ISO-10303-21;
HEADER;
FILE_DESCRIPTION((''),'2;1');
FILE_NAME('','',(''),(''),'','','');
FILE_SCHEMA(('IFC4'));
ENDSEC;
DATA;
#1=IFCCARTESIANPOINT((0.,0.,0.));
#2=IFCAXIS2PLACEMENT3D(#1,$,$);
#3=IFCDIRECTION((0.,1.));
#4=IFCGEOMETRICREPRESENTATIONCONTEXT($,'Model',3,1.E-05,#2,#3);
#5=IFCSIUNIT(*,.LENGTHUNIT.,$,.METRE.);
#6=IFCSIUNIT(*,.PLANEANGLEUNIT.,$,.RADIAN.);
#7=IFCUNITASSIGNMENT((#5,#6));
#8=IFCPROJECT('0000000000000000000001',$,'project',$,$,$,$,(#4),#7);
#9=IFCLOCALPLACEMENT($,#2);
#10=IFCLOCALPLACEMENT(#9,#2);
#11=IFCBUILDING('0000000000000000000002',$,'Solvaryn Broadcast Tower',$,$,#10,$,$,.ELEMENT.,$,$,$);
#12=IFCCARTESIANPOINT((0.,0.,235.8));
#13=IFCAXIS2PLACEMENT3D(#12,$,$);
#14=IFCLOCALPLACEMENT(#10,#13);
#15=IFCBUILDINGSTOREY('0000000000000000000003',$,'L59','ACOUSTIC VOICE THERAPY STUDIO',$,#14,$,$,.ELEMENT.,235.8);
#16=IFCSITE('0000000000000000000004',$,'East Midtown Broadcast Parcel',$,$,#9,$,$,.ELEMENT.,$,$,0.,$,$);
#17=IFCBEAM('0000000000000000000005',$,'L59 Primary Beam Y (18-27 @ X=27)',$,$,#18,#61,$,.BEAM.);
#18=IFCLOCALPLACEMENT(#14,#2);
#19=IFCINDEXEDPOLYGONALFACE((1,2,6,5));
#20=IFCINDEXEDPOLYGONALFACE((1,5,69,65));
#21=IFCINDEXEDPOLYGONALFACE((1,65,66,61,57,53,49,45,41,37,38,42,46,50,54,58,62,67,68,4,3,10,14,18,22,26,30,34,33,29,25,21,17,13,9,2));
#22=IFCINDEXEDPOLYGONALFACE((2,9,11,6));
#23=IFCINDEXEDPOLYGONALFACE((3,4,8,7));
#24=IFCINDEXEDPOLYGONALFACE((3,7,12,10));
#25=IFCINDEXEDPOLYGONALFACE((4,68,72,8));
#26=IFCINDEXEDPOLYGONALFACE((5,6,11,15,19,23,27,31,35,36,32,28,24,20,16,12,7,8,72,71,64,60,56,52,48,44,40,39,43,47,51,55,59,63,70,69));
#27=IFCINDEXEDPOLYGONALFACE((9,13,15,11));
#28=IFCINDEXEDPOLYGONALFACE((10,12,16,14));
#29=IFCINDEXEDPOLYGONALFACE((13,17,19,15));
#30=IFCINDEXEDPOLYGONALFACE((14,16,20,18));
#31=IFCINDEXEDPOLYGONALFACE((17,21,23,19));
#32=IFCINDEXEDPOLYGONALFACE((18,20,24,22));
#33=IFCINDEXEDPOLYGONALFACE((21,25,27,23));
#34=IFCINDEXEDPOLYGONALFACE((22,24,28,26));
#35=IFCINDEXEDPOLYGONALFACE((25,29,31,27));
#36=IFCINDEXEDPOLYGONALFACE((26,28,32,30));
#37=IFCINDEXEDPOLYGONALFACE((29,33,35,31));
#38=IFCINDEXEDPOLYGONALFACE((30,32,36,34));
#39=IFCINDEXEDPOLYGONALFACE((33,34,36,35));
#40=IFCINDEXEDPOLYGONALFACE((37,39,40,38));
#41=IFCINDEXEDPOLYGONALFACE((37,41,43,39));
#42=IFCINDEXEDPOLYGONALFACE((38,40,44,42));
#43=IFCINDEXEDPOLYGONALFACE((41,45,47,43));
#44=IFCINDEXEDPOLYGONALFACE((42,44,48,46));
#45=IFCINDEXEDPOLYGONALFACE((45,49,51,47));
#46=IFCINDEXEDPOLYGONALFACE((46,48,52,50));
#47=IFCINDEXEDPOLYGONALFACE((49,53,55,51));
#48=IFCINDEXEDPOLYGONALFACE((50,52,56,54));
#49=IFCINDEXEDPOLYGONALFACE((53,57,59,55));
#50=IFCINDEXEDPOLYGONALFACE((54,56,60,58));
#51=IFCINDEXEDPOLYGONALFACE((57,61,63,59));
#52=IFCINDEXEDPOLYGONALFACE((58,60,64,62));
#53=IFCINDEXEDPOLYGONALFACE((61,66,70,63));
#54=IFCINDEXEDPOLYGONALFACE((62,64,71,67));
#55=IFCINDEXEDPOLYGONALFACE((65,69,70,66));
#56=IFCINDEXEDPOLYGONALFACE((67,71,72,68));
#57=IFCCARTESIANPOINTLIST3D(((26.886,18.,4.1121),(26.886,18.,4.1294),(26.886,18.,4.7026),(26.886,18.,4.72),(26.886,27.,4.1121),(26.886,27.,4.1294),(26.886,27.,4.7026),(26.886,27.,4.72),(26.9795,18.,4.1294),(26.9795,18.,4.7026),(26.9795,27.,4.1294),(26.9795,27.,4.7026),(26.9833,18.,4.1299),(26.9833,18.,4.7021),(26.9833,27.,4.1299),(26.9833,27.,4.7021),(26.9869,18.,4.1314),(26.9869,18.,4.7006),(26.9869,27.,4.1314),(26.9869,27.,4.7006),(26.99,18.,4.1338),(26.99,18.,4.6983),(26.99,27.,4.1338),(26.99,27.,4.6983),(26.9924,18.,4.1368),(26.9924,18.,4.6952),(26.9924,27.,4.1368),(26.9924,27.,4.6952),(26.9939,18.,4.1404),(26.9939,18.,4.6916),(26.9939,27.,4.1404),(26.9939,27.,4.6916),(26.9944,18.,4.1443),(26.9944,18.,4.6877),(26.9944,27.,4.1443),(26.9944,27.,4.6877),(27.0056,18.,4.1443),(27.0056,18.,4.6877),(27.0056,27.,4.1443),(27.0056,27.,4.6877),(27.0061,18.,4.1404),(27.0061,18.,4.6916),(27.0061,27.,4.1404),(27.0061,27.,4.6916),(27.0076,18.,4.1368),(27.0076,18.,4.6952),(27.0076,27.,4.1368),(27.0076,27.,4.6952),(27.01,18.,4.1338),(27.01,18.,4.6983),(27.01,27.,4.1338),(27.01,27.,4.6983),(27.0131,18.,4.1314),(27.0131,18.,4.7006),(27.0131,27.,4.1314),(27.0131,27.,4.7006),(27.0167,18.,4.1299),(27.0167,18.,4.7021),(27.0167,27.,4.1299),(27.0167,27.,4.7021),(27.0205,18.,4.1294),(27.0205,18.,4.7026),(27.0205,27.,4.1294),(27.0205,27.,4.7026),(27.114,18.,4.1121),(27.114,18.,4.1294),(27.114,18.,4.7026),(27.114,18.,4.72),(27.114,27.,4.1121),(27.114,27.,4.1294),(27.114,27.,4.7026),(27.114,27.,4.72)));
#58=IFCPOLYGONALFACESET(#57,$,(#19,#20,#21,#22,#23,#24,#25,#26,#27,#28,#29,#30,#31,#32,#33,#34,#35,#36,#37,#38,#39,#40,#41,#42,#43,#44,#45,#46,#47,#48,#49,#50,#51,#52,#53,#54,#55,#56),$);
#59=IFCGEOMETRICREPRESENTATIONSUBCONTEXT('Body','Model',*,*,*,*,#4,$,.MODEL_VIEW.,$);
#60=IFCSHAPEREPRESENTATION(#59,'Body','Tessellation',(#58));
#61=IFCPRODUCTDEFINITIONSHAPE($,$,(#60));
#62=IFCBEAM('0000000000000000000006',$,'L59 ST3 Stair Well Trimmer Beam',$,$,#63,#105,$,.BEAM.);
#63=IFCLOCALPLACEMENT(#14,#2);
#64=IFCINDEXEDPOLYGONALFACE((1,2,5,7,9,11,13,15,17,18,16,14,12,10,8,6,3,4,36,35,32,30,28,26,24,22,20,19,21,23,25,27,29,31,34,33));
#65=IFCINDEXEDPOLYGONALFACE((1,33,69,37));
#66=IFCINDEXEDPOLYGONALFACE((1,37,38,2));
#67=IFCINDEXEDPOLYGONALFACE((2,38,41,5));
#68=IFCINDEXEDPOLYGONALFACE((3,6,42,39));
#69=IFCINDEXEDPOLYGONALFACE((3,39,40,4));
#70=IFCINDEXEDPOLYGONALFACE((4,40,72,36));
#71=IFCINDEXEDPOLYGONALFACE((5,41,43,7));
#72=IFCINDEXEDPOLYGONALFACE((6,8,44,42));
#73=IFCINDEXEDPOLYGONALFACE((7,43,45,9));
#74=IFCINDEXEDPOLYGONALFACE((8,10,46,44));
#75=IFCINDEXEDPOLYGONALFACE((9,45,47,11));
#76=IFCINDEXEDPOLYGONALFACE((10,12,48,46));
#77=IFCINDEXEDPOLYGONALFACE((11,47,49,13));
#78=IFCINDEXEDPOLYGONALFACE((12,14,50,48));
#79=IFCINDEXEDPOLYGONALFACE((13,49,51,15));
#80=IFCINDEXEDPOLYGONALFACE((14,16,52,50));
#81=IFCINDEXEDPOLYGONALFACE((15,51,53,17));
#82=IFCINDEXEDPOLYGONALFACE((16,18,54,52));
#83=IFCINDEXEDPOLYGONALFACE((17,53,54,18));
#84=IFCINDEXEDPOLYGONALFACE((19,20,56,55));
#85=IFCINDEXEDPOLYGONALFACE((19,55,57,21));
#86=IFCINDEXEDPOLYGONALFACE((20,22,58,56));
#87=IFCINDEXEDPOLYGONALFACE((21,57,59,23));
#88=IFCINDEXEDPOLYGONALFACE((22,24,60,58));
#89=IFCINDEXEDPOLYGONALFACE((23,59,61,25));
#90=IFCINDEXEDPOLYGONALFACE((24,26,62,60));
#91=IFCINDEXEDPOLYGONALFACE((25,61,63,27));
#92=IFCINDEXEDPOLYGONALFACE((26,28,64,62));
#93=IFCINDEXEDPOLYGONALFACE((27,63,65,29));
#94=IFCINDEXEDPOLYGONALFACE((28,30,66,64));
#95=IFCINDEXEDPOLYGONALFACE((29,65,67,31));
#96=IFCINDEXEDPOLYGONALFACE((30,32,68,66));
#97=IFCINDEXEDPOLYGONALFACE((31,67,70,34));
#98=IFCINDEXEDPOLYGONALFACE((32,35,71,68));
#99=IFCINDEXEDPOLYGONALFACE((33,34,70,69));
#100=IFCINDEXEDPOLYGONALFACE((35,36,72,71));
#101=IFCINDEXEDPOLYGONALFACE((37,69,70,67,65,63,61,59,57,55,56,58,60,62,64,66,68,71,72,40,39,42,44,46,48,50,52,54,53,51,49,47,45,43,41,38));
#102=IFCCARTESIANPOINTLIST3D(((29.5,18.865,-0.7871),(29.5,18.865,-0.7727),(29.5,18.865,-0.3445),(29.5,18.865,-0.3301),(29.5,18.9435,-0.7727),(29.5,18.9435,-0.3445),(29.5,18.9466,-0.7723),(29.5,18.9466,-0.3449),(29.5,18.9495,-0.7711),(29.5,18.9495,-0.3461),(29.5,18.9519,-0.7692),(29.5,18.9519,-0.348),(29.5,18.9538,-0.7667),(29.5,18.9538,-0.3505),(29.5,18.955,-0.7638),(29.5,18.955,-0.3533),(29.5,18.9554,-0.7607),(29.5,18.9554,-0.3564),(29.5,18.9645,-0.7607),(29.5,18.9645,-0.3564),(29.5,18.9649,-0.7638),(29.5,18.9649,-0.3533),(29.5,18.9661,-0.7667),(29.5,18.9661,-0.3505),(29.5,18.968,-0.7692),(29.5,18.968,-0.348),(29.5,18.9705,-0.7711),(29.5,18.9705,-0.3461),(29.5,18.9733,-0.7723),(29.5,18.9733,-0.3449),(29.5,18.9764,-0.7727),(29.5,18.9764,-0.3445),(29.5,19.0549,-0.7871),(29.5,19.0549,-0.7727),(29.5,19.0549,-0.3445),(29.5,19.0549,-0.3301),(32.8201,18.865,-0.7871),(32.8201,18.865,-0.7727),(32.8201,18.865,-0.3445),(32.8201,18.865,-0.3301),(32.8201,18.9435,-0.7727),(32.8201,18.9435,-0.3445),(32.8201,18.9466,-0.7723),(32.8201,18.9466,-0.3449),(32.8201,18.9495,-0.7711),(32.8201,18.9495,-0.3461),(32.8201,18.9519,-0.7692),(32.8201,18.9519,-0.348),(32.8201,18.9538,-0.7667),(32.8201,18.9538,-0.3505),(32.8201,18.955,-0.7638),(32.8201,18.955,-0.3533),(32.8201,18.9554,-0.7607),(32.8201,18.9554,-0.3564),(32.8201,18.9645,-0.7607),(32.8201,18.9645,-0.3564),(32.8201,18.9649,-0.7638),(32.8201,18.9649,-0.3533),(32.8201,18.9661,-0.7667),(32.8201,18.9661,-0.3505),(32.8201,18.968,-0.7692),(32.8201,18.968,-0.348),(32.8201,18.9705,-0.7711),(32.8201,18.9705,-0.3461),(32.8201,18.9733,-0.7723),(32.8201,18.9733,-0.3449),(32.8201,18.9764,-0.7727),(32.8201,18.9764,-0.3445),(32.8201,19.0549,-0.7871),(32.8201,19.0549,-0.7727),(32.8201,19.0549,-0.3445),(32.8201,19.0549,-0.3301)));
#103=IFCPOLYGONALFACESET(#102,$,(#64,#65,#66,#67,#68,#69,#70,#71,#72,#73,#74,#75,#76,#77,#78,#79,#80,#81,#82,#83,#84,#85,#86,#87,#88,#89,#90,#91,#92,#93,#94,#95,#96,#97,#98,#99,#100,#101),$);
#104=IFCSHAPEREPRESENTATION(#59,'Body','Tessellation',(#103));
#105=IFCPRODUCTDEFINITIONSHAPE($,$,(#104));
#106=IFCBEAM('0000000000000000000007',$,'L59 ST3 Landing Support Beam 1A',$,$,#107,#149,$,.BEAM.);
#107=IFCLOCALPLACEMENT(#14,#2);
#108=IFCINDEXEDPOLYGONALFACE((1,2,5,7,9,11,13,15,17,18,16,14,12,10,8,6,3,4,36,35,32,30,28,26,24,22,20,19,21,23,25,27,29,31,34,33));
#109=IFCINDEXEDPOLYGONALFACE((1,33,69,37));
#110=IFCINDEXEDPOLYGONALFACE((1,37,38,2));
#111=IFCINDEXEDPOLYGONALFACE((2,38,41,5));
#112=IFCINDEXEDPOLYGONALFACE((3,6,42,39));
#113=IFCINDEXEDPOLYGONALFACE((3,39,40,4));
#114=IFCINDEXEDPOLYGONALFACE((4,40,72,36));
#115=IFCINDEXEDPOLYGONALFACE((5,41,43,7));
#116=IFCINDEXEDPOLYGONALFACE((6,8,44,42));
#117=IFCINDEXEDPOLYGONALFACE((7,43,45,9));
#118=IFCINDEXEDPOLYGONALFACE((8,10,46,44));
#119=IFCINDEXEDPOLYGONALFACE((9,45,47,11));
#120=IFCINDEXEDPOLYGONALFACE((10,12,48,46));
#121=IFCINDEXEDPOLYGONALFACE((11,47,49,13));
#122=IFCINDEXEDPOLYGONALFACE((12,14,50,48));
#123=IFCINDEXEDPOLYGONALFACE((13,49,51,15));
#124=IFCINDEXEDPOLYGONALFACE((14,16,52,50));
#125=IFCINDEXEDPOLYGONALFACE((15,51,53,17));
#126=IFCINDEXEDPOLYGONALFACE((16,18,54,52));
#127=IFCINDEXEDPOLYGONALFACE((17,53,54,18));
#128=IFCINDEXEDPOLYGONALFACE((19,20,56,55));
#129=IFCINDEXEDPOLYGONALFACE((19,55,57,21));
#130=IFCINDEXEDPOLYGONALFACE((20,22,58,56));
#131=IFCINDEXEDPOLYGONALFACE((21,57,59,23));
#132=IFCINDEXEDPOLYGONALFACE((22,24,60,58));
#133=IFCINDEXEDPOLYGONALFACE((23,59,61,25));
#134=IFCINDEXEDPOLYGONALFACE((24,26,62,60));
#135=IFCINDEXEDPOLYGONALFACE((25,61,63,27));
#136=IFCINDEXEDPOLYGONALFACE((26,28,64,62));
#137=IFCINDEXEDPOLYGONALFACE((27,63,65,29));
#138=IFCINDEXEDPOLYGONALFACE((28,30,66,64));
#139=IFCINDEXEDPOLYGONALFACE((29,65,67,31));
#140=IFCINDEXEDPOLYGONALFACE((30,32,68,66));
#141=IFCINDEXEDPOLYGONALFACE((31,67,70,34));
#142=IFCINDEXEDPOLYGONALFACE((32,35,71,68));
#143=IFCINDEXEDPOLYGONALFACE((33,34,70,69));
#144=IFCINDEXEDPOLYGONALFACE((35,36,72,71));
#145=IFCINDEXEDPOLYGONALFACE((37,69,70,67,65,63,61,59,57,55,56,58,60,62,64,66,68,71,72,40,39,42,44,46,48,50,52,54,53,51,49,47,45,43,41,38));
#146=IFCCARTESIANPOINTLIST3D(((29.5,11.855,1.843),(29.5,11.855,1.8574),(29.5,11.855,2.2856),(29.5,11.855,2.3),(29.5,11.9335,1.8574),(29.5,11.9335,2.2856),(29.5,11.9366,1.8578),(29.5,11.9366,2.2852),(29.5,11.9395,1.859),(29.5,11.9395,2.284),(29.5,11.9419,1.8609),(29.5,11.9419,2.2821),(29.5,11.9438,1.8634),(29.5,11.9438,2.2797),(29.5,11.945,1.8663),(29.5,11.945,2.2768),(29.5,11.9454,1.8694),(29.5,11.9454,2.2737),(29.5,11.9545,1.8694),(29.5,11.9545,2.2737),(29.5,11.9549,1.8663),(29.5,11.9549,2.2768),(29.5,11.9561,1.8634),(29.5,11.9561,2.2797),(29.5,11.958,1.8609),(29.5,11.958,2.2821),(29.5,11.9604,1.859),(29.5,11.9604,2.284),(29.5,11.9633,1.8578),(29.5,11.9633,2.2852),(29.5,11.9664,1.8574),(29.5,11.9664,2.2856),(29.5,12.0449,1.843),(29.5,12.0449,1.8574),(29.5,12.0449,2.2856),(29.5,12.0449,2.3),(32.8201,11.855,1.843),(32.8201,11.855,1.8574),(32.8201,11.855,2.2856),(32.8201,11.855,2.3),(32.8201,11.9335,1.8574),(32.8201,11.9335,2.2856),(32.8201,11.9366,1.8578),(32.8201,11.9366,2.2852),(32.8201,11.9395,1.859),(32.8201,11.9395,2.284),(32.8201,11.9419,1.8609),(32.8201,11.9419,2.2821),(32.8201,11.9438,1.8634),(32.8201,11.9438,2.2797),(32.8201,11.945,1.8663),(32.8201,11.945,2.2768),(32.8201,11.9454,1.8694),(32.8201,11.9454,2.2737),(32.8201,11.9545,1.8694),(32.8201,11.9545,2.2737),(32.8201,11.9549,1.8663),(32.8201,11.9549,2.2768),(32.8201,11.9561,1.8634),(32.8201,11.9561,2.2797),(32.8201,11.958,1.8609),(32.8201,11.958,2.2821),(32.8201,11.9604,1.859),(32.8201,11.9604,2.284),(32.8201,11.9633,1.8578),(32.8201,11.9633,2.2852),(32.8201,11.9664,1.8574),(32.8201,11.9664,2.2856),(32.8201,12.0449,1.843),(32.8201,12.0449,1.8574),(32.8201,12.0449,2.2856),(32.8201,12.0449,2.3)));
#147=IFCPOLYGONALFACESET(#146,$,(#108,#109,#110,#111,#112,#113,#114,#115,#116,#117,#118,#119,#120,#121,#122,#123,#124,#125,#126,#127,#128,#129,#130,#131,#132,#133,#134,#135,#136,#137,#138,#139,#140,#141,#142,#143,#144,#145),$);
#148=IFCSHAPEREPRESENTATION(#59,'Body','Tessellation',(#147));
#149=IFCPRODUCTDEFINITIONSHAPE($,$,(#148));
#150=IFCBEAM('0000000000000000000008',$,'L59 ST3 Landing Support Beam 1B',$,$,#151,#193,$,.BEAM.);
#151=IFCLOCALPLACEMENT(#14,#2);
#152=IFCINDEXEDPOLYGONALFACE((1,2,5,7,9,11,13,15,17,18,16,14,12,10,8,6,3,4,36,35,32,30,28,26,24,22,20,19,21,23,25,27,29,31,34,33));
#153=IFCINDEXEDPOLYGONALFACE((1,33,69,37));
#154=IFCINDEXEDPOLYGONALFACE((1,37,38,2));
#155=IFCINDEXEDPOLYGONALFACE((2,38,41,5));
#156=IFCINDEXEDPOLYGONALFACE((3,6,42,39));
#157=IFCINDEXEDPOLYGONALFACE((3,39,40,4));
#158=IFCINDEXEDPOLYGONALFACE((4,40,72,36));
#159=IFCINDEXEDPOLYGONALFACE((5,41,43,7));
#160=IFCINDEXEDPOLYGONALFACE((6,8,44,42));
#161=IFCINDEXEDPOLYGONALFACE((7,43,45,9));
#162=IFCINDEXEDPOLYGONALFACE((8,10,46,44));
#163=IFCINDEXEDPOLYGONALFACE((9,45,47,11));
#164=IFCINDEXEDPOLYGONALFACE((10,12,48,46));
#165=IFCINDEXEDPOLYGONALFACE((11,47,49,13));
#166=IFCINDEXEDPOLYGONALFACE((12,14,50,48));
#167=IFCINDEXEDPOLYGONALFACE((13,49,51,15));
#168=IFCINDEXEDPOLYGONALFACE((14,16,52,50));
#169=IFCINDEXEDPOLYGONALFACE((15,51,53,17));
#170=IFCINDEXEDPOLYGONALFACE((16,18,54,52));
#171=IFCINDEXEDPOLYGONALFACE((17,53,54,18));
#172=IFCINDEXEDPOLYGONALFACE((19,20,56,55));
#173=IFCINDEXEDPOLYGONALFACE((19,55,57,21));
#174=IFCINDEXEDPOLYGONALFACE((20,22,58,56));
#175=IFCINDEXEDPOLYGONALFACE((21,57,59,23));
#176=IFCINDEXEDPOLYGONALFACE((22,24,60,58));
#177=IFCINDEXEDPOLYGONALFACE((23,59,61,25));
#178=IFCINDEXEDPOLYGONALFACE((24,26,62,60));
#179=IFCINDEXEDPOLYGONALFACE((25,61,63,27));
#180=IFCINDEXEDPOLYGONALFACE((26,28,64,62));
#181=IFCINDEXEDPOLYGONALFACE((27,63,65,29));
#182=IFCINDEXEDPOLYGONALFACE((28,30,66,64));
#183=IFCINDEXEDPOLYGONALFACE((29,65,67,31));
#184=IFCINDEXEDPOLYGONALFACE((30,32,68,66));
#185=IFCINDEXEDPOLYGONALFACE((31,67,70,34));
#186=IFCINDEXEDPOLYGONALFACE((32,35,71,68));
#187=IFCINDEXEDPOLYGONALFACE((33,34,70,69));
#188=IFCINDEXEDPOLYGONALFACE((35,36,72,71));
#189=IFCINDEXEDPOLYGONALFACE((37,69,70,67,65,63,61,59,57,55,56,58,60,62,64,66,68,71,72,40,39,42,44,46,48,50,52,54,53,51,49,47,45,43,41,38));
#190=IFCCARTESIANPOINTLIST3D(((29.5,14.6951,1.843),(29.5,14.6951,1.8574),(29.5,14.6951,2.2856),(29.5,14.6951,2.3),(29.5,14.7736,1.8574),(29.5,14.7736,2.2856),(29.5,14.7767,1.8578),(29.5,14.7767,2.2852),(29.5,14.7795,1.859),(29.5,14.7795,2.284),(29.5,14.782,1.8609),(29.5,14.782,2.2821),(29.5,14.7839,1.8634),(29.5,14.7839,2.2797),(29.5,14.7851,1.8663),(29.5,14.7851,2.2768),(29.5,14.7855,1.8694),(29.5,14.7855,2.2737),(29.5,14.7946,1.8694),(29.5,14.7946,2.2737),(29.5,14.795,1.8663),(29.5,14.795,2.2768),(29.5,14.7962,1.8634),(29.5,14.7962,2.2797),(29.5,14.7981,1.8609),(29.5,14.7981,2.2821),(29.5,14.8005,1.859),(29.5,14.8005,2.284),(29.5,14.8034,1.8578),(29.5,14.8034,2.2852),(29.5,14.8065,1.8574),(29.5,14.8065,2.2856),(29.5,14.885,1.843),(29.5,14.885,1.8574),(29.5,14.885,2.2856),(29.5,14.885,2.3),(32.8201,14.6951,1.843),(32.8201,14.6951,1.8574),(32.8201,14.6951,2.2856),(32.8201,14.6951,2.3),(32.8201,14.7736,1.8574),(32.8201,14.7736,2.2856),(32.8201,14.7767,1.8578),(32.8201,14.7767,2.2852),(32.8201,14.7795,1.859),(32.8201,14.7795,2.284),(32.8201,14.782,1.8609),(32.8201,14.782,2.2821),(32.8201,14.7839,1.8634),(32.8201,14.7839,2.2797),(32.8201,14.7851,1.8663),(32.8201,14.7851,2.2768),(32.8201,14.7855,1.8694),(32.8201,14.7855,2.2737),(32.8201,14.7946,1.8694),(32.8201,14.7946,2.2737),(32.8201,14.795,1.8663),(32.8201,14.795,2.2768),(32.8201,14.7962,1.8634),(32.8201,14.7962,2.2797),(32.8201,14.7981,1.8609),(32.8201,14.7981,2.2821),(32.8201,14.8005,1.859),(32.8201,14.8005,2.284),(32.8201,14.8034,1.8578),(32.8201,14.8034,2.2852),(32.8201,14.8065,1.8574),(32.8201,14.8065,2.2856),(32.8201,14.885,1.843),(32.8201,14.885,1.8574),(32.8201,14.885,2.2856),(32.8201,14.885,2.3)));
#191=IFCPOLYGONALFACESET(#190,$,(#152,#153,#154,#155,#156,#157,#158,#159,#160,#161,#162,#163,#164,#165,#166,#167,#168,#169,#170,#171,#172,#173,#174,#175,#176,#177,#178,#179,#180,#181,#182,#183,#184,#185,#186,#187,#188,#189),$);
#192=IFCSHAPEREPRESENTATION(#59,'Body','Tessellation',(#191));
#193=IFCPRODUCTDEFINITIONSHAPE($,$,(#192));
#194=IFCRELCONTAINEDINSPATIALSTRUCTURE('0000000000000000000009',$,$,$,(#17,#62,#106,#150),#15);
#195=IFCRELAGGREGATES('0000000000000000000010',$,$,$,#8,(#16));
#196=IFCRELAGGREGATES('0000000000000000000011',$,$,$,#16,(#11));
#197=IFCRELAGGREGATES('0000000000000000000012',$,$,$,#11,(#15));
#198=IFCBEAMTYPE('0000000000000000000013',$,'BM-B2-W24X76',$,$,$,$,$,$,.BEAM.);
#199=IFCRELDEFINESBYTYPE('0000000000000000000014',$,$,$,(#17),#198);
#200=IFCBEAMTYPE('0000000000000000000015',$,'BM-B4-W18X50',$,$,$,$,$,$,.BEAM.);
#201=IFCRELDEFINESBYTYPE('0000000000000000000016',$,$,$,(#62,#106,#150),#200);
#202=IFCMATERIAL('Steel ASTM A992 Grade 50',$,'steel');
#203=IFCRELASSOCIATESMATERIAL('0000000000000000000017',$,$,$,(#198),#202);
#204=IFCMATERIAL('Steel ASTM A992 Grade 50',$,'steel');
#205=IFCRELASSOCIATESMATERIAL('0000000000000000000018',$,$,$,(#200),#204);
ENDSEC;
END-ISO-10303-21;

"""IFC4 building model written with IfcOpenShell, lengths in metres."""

from ifc_helpers import new_model, si_unit, direction, frame, origin, origin_2d, place, context, subcontext, project, spatial, i_section, extrude, material, material_profile, profile_set, type_object, element, save


model = new_model("IFC4")

# Units and contexts
model_context = context("Model", 3, precision=1e-05, world=origin(), true_north=direction((0.0, 1.0)))
body_context = subcontext(model_context, "Body", "Model", "MODEL_VIEW")
ifc_project = project(units=[si_unit("LENGTHUNIT", "METRE"), si_unit("PLANEANGLEUNIT", "RADIAN")], contexts=[model_context])

# Site, building, storey
site_placement = place(None, origin())
site = spatial("IfcSite", under=ifc_project, at=site_placement, Name="East Midtown Broadcast Parcel", CompositionType="ELEMENT", RefElevation=0.0)
building_placement = place(site_placement, origin())
building = spatial("IfcBuilding", under=site, at=building_placement, Name="Solvaryn Broadcast Tower", CompositionType="ELEMENT")
storey_placement = place(building_placement, frame((0.0, 0.0, 235.8)))
storey = spatial("IfcBuildingStorey", under=building, at=storey_placement, Name="L59", Description="ACOUSTIC VOICE THERAPY STUDIO", CompositionType="ELEMENT", Elevation=235.8)

# Beams
ifc_material_1 = material(Name="Steel ASTM A992 Grade 50", Category="steel")
ifc_material_profile_1 = material_profile(ifc_material_1, i_section(OverallWidth=0.228, OverallDepth=0.6079, WebThickness=0.0112, FlangeThickness=0.0173, FilletRadius=0.0149, at=origin_2d()))
ifc_profile_set_1 = profile_set([ifc_material_profile_1], Name="Steel ASTM A992 Grade 50")
beam_type_1 = type_object("IfcBeamType", Name="BM-B2-W24X76", PredefinedType="BEAM", material=ifc_profile_set_1)
beam_1_placement = place(storey_placement, frame((27.0, 18.0, 4.416), z_axis=(0.0, 1.0, 0.0), x_axis=(-1.0, 0.0, 0.0)))
element("IfcBeam", 1, at=beam_1_placement, inside=storey, type_object=beam_type_1, Name="L59 Primary Beam Y (18-27 @ X=27)", PredefinedType="BEAM", context=body_context, shape_type="SweptSolid", body=[
    extrude(i_section(OverallWidth=0.228, OverallDepth=0.6079, WebThickness=0.0112, FlangeThickness=0.0173, FilletRadius=0.0149, at=origin_2d()), origin(), (0.0, 0.0, 1.0), 9.0),
])
ifc_material_2 = material(Name="Steel ASTM A992 Grade 50", Category="steel")
ifc_material_profile_2 = material_profile(ifc_material_2, i_section(OverallWidth=0.1899, OverallDepth=0.457, WebThickness=0.009, FlangeThickness=0.0144, FilletRadius=0.012, at=origin_2d()))
ifc_profile_set_2 = profile_set([ifc_material_profile_2], Name="Steel ASTM A992 Grade 50")
beam_type_2 = type_object("IfcBeamType", Name="BM-B4-W18X50", PredefinedType="BEAM", material=ifc_profile_set_2)
for number, where, z_axis, x_axis, name in (
    (2, (29.5, 18.96, -0.5586), (1.0, 0.0, 0.0), (0.0, 1.0, 0.0), "L59 ST3 Stair Well Trimmer Beam"),
    (3, (29.5, 11.95, 2.0715), (1.0, 0.0, 0.0), (0.0, 1.0, 0.0), "L59 ST3 Landing Support Beam 1A"),
    (4, (29.5, 14.79, 2.0715), (1.0, 0.0, 0.0), (0.0, 1.0, 0.0), "L59 ST3 Landing Support Beam 1B"),
):
    element("IfcBeam", number, at=place(storey_placement, frame(where, z_axis=z_axis, x_axis=x_axis)), inside=storey, type_object=beam_type_2, Name=name, PredefinedType="BEAM", context=body_context, shape_type="SweptSolid", body=[
        extrude(i_section(OverallWidth=0.1899, OverallDepth=0.457, WebThickness=0.009, FlangeThickness=0.0144, FilletRadius=0.012, at=origin_2d()), origin(), (0.0, 0.0, 1.0), 3.3201),
    ])

save(model, "model.ifc")
